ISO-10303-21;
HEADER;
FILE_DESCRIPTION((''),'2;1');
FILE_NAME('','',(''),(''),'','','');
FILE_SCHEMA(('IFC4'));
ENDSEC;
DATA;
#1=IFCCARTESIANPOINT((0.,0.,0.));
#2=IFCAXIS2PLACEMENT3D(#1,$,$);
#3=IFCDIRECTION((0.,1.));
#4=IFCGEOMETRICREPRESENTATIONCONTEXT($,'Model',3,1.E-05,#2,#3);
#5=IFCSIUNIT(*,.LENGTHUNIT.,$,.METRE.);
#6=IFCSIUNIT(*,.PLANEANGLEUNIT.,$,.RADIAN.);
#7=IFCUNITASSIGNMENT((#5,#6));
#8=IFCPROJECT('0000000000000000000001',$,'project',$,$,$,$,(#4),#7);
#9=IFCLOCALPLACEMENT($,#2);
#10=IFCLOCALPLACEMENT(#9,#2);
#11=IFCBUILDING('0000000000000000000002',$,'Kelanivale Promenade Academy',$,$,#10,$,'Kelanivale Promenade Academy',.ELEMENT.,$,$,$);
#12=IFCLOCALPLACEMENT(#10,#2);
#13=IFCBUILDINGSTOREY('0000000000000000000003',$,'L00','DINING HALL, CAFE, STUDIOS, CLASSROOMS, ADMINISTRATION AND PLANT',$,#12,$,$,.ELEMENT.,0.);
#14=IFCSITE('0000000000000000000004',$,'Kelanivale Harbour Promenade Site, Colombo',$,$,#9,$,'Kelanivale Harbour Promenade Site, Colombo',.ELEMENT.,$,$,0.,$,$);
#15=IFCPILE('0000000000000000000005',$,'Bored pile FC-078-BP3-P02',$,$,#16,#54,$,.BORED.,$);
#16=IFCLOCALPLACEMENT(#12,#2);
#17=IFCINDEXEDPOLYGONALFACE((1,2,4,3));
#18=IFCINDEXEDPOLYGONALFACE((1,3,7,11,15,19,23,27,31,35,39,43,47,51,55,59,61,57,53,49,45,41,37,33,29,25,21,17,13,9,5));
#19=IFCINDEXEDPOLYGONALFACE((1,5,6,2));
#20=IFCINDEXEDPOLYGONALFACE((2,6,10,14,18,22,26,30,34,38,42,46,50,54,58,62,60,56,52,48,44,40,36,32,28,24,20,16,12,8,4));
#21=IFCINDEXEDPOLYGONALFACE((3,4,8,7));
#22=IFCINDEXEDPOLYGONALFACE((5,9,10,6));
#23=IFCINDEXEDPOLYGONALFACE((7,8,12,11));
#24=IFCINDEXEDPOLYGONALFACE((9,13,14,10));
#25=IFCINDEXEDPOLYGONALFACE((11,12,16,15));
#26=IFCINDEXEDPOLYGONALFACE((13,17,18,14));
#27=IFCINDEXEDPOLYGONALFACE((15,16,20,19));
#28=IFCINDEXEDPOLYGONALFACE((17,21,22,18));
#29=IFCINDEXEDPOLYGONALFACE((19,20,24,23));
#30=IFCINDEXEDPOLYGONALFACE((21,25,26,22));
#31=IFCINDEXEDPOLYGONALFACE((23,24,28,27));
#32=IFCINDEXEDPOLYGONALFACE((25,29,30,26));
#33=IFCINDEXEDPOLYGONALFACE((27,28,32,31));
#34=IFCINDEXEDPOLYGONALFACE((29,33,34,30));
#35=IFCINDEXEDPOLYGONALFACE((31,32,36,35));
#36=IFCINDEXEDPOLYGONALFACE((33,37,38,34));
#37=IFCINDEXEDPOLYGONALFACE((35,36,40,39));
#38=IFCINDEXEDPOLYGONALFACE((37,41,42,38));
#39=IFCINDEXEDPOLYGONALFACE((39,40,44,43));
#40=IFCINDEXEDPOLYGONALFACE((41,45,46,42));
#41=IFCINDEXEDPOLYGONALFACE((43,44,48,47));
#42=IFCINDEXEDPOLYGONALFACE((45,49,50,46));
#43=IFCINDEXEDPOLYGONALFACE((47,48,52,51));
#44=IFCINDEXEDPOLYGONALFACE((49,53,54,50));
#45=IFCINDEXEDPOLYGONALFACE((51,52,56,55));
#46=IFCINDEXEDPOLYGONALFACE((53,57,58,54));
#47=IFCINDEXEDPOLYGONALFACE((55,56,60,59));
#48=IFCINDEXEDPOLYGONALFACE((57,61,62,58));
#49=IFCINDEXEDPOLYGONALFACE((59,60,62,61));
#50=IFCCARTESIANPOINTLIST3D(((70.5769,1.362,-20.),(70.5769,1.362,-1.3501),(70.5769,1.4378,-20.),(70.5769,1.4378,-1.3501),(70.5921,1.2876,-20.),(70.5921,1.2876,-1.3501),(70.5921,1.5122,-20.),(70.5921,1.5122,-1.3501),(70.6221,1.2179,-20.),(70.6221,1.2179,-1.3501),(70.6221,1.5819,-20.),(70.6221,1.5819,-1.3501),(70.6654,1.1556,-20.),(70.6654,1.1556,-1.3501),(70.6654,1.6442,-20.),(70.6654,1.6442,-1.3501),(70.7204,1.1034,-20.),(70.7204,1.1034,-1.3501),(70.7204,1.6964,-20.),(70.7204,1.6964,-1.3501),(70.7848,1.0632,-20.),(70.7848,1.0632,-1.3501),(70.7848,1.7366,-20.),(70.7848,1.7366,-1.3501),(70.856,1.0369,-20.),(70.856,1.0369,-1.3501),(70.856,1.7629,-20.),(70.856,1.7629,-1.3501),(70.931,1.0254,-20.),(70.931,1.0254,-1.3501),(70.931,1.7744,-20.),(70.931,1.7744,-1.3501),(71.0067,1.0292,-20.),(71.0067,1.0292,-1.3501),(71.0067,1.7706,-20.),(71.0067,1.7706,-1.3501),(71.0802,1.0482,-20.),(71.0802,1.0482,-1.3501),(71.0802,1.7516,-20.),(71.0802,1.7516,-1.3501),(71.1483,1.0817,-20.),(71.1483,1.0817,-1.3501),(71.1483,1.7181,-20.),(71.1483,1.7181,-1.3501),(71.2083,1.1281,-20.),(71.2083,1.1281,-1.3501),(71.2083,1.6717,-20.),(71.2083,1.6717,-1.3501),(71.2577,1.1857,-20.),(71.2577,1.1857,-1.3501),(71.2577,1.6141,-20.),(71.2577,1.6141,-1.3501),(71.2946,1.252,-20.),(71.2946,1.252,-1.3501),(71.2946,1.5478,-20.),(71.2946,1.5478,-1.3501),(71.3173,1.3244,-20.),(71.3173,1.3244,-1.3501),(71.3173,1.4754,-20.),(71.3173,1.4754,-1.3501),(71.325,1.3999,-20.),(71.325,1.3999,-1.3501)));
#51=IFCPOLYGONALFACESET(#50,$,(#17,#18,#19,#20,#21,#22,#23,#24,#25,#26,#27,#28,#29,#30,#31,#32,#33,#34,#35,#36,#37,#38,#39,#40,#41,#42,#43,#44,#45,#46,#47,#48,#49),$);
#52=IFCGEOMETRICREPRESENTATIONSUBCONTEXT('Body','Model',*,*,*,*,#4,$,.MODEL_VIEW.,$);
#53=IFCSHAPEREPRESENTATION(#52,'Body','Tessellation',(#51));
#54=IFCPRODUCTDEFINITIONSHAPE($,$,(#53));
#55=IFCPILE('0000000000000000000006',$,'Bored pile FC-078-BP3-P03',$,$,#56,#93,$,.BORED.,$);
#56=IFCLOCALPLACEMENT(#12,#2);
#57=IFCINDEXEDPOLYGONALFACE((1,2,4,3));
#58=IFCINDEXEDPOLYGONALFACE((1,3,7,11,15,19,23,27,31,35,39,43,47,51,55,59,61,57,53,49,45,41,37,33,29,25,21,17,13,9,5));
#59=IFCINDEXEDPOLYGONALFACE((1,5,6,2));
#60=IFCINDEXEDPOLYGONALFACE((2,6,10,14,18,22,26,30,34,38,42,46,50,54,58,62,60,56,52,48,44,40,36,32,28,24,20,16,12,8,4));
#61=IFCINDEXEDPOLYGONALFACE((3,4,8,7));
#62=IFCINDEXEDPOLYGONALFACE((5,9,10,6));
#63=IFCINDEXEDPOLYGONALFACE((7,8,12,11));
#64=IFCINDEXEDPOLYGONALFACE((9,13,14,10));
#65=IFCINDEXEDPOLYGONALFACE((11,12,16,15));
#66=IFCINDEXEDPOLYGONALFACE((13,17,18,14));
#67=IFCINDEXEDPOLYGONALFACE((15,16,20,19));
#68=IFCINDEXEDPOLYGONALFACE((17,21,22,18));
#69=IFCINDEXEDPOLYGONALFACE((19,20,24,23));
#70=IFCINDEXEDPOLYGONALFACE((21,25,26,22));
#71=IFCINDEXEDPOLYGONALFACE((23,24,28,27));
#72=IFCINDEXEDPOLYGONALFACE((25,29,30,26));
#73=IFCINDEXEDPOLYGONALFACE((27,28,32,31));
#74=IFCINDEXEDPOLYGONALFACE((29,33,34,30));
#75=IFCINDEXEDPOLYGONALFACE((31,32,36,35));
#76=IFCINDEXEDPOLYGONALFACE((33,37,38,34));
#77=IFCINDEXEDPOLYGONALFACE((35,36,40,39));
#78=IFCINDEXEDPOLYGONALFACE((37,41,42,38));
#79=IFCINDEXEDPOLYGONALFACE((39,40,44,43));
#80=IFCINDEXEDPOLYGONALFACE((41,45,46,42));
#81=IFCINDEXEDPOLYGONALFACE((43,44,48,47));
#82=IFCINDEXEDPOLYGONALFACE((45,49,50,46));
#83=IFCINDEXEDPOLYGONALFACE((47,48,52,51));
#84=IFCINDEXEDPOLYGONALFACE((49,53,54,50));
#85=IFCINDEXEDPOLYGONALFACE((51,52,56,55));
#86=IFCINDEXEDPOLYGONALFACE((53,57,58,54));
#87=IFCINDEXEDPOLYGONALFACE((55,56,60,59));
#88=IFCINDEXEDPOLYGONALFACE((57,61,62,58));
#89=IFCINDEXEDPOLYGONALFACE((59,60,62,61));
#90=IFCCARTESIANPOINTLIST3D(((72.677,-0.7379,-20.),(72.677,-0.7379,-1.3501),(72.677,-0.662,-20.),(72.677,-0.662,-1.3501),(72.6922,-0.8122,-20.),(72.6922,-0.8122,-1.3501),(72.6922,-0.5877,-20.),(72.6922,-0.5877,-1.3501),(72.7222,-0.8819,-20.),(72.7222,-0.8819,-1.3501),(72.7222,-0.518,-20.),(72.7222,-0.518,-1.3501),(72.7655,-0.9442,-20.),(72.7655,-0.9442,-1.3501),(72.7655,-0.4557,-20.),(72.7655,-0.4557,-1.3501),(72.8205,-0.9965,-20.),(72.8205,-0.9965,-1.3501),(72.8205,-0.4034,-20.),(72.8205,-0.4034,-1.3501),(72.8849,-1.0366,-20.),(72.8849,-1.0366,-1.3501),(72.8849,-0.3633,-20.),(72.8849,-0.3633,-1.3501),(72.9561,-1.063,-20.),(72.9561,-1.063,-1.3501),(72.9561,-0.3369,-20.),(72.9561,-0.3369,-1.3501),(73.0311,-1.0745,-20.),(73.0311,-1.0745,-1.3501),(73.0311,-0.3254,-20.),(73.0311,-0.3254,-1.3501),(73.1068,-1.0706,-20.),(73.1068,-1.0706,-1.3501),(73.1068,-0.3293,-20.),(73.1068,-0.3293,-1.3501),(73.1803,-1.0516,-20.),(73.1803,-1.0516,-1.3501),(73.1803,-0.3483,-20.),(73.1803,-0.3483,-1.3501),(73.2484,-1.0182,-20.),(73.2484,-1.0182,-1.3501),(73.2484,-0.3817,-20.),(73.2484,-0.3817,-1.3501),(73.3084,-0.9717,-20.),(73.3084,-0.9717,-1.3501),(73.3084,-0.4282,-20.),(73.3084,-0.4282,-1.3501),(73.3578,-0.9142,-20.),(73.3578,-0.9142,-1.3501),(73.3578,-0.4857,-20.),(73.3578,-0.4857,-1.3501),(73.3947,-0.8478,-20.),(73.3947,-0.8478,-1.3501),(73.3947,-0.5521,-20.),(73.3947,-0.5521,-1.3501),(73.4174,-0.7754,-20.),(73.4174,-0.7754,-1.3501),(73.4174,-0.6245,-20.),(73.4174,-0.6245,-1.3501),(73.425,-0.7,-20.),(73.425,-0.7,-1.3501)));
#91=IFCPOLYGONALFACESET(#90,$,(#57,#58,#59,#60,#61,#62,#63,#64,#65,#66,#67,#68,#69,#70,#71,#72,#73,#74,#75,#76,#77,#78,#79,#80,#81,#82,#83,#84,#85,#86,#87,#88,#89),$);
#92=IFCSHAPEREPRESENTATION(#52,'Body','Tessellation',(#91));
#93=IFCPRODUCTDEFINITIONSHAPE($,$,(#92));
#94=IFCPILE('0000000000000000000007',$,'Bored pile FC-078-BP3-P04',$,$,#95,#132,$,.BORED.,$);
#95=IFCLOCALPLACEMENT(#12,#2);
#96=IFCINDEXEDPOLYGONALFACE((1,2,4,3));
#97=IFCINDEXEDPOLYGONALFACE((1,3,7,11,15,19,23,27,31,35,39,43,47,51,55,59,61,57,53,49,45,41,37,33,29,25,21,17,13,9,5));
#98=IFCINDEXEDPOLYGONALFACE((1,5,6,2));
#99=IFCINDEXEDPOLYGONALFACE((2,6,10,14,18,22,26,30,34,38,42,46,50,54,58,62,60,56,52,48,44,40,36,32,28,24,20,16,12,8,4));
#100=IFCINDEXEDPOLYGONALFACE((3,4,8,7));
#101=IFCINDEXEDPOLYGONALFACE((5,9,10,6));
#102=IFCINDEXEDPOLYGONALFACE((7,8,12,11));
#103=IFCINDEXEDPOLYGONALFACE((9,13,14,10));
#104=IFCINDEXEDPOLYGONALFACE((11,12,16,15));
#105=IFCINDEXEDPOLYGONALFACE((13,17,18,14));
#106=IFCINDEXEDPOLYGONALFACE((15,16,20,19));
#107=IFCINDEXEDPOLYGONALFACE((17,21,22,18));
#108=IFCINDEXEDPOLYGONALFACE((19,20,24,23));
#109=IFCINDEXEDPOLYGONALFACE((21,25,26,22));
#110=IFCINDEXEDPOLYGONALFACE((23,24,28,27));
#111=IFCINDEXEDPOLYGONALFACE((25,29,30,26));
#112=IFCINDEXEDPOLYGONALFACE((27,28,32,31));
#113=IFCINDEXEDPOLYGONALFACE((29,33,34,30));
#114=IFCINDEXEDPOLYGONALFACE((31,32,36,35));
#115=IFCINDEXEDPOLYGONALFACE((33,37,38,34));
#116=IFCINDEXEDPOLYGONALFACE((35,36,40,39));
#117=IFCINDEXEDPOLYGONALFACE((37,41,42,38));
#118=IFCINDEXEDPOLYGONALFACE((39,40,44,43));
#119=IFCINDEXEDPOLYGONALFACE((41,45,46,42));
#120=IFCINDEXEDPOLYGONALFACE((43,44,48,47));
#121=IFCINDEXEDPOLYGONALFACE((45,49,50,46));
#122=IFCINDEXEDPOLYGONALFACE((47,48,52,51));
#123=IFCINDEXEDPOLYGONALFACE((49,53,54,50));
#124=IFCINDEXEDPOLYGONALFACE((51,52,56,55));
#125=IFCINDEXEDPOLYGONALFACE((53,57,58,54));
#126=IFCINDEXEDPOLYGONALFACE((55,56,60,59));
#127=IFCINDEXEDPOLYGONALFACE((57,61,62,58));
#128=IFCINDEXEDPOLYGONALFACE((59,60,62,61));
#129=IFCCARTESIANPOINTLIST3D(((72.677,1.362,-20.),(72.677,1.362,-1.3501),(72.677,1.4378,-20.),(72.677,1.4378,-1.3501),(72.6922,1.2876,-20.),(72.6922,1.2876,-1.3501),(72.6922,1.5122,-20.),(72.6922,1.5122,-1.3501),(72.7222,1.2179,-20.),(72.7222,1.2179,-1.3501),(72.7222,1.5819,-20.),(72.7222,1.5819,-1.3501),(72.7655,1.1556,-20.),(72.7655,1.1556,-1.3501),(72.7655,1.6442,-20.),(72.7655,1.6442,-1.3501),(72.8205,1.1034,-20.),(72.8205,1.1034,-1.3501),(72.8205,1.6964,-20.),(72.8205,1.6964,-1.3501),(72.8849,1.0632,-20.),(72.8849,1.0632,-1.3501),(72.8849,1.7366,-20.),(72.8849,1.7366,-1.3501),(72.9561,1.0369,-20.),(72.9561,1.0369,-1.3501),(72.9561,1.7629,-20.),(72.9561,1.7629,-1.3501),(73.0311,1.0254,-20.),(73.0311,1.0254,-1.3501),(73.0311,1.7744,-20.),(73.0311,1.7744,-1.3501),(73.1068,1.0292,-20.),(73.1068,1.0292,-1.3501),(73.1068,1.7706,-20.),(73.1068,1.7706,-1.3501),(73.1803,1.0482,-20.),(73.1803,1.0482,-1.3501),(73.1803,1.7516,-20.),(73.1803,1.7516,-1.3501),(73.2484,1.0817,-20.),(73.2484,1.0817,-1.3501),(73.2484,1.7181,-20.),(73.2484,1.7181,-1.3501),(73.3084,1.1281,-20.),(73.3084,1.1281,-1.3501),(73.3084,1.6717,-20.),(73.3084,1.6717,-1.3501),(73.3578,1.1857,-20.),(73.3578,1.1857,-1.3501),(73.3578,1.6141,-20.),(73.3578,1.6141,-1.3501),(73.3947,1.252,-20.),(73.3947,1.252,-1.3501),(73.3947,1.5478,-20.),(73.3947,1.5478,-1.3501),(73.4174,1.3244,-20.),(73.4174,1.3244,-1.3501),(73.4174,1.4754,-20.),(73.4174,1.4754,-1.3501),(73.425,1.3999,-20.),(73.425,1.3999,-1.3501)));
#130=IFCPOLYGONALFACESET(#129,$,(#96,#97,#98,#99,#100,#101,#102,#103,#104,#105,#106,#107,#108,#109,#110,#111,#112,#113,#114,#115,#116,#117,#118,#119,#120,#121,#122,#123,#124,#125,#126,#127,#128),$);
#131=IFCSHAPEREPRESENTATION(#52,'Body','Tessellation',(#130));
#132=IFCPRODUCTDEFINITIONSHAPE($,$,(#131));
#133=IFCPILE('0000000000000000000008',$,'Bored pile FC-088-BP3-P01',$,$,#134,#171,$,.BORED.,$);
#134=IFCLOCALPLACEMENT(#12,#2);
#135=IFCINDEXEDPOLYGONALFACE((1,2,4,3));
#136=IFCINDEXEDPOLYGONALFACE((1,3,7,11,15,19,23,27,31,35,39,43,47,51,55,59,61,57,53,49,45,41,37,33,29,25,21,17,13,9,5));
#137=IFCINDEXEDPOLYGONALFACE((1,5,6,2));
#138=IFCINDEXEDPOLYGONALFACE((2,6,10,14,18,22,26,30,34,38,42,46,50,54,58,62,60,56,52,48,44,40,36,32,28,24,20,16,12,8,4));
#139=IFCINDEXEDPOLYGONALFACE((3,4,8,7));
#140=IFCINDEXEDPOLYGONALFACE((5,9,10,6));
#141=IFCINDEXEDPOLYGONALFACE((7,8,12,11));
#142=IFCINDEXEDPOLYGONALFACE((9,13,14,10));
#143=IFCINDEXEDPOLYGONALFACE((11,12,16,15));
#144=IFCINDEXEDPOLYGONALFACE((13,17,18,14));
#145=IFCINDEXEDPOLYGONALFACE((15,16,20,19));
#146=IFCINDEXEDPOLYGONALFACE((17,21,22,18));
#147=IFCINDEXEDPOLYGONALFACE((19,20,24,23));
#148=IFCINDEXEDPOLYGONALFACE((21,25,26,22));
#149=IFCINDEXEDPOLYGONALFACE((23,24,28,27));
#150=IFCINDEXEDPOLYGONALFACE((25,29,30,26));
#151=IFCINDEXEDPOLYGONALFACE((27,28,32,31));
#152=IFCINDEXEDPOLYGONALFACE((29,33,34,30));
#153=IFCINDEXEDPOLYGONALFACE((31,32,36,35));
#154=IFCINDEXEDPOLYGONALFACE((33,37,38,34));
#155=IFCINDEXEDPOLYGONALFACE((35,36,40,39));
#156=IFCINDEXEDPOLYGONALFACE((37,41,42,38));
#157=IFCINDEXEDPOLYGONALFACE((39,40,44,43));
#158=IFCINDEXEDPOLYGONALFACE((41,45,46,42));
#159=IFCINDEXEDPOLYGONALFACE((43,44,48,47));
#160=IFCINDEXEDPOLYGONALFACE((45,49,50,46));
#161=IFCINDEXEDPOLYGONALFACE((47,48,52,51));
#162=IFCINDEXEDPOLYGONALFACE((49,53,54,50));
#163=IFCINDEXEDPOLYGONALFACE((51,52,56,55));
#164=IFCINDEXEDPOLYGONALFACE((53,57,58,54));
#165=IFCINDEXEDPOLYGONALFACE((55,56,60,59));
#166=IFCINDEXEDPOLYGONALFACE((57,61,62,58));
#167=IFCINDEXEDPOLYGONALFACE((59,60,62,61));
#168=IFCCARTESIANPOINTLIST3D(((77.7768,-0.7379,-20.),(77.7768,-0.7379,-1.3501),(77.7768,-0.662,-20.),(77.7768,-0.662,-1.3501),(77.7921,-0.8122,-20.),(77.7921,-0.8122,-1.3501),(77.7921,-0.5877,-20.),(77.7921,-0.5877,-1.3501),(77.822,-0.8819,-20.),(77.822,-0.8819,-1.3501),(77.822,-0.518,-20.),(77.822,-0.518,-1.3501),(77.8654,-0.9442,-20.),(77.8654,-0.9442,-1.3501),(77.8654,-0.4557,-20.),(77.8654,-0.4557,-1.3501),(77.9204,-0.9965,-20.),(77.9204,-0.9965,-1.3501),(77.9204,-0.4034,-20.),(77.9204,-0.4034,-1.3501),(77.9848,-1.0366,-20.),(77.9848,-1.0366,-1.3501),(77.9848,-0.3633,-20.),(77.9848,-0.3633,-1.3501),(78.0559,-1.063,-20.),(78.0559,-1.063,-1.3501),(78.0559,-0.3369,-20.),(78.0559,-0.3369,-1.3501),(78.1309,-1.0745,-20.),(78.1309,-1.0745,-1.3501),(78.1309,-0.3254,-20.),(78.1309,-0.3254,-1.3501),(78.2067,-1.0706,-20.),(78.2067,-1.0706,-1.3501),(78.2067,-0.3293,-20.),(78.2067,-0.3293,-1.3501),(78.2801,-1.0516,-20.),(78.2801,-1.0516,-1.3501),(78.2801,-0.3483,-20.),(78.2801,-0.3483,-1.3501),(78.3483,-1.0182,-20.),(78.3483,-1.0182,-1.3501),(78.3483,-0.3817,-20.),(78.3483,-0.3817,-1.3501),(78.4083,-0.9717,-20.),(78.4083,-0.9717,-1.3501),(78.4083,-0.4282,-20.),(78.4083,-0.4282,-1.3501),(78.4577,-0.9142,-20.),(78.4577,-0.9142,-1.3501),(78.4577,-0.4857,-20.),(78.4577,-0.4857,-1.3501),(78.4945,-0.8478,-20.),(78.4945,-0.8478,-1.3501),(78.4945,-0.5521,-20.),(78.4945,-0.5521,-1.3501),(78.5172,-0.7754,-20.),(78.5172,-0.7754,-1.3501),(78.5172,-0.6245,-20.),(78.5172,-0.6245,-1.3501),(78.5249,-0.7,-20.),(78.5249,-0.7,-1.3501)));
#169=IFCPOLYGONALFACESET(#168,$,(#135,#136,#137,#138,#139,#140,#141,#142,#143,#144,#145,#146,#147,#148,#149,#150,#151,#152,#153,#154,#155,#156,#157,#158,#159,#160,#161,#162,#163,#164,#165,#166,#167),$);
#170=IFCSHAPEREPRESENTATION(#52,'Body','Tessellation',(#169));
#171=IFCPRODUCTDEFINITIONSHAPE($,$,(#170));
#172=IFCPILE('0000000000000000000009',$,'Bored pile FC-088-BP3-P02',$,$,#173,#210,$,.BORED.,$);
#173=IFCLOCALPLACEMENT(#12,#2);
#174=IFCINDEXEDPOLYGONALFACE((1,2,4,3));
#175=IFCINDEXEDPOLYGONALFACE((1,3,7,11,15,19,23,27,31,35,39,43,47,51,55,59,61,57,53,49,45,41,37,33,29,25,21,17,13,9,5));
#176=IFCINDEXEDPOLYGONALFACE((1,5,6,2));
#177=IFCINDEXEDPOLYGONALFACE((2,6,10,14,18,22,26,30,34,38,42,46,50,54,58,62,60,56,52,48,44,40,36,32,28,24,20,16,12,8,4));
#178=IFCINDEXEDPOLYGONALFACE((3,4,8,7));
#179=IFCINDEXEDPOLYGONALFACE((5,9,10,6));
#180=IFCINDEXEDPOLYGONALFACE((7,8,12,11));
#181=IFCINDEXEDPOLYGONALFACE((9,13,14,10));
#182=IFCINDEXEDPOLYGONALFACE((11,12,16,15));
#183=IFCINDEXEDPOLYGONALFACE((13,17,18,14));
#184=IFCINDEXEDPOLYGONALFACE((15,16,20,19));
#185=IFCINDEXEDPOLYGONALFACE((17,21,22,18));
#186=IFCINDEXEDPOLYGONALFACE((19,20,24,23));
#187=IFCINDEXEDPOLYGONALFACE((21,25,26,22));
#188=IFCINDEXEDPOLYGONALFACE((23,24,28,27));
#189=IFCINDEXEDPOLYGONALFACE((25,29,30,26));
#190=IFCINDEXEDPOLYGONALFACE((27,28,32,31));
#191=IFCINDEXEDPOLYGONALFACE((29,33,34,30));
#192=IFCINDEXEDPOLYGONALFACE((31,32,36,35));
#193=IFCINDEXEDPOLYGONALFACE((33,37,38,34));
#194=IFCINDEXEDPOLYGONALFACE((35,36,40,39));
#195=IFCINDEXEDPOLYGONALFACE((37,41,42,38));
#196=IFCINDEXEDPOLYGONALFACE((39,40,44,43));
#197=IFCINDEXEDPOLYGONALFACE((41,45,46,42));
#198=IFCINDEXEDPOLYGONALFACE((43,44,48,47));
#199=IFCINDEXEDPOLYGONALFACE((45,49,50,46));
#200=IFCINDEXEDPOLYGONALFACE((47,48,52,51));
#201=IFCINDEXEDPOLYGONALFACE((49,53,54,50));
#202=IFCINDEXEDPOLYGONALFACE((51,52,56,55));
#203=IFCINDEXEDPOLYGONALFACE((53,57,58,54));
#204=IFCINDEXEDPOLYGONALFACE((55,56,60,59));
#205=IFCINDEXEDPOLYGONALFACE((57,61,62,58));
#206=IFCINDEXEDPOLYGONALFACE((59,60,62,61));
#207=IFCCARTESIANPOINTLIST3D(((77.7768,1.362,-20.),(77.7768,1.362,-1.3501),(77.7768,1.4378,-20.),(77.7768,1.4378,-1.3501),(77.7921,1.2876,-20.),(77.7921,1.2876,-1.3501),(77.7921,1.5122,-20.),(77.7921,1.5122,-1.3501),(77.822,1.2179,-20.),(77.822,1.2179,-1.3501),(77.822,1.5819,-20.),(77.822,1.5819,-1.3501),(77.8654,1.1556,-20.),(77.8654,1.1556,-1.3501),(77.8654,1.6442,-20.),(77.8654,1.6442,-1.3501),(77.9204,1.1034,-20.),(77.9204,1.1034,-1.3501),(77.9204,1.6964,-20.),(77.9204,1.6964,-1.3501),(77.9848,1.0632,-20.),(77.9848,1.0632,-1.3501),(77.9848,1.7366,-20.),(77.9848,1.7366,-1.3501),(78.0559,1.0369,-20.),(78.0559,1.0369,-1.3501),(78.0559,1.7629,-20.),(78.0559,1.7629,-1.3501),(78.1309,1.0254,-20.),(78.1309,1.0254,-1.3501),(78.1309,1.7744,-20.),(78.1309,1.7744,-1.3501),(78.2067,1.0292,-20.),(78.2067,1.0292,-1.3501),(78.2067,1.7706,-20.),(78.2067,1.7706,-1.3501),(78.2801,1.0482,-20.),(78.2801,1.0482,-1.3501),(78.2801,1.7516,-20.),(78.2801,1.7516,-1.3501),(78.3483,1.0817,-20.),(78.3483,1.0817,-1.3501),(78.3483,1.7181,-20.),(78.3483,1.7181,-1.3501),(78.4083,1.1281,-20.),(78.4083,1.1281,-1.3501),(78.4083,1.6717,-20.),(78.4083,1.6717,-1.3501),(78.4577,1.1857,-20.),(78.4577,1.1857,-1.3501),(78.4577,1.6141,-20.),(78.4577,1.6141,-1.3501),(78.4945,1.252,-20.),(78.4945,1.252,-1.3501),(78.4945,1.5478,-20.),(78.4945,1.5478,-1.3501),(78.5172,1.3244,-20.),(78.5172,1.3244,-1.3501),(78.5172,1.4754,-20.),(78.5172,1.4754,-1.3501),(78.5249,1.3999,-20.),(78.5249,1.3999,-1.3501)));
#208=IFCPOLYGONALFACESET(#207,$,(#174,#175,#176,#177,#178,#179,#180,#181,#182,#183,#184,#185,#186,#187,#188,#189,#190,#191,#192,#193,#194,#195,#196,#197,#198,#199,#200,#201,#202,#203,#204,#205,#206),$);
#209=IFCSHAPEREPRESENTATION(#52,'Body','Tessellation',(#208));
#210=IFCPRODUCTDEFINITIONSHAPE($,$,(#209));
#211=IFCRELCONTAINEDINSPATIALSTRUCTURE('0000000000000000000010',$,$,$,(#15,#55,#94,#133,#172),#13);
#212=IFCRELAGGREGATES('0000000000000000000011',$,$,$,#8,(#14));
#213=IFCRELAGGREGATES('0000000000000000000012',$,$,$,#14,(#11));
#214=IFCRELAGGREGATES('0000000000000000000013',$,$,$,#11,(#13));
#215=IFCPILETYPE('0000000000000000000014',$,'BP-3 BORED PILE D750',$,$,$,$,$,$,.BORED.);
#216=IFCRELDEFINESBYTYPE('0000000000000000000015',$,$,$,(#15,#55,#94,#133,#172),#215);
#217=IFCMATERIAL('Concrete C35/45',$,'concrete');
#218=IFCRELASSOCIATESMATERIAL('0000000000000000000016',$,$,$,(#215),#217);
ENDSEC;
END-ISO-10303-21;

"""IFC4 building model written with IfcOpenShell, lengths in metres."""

from ifc_helpers import new_model, si_unit, direction, frame, origin, origin_2d, place, context, subcontext, project, spatial, circle, extrude, material, material_profile, profile_set, type_object, element, save


model = new_model("IFC4")

# Units and contexts
model_context = context("Model", 3, precision=1e-05, world=origin(), true_north=direction((0.0, 1.0)))
body_context = subcontext(model_context, "Body", "Model", "MODEL_VIEW")
ifc_project = project(units=[si_unit("LENGTHUNIT", "METRE"), si_unit("PLANEANGLEUNIT", "RADIAN")], contexts=[model_context])

# Site, building, storey
site_placement = place(None, origin())
site = spatial("IfcSite", under=ifc_project, at=site_placement, Name="Kelanivale Harbour Promenade Site, Colombo", LongName="Kelanivale Harbour Promenade Site, Colombo", CompositionType="ELEMENT", RefElevation=0.0)
building_placement = place(site_placement, origin())
building = spatial("IfcBuilding", under=site, at=building_placement, Name="Kelanivale Promenade Academy", LongName="Kelanivale Promenade Academy", CompositionType="ELEMENT")
storey_placement = place(building_placement, origin())
storey = spatial("IfcBuildingStorey", under=building, at=storey_placement, Name="L00", Description="DINING HALL, CAFE, STUDIOS, CLASSROOMS, ADMINISTRATION AND PLANT", CompositionType="ELEMENT", Elevation=0.0)

# Piles
ifc_material_1 = material(Name="Concrete C35/45", Category="concrete")
ifc_material_profile_1 = material_profile(ifc_material_1, circle(Radius=0.375, at=origin_2d()), Name="BORED PILE D750")
ifc_profile_set_1 = profile_set([ifc_material_profile_1], Name="Concrete C35/45")
pile_type_1 = type_object("IfcPileType", Name="BP-3 BORED PILE D750", PredefinedType="BORED", material=ifc_profile_set_1)
for number, where, z_axis, x_axis, name in (
    (1, (70.95, 1.3999, -1.3501), (0.0, 0.0, -1.0), (1.0, 0.0, 0.0), "Bored pile FC-078-BP3-P02"),
    (2, (73.05, -0.7, -1.3501), (0.0, 0.0, -1.0), (1.0, 0.0, 0.0), "Bored pile FC-078-BP3-P03"),
    (3, (73.05, 1.3999, -1.3501), (0.0, 0.0, -1.0), (1.0, 0.0, 0.0), "Bored pile FC-078-BP3-P04"),
    (4, (78.1499, -0.7, -1.3501), (0.0, 0.0, -1.0), (1.0, 0.0, 0.0), "Bored pile FC-088-BP3-P01"),
    (5, (78.1499, 1.3999, -1.3501), (0.0, 0.0, -1.0), (1.0, 0.0, 0.0), "Bored pile FC-088-BP3-P02"),
):
    element("IfcPile", number, at=place(storey_placement, frame(where, z_axis=z_axis, x_axis=x_axis)), inside=storey, type_object=pile_type_1, Name=name, PredefinedType="BORED", context=body_context, shape_type="SweptSolid", body=[
        extrude(circle(Radius=0.375, at=origin_2d()), origin(), (0.0, 0.0, 1.0), 18.6499),
    ])

save(model, "model.ifc")
